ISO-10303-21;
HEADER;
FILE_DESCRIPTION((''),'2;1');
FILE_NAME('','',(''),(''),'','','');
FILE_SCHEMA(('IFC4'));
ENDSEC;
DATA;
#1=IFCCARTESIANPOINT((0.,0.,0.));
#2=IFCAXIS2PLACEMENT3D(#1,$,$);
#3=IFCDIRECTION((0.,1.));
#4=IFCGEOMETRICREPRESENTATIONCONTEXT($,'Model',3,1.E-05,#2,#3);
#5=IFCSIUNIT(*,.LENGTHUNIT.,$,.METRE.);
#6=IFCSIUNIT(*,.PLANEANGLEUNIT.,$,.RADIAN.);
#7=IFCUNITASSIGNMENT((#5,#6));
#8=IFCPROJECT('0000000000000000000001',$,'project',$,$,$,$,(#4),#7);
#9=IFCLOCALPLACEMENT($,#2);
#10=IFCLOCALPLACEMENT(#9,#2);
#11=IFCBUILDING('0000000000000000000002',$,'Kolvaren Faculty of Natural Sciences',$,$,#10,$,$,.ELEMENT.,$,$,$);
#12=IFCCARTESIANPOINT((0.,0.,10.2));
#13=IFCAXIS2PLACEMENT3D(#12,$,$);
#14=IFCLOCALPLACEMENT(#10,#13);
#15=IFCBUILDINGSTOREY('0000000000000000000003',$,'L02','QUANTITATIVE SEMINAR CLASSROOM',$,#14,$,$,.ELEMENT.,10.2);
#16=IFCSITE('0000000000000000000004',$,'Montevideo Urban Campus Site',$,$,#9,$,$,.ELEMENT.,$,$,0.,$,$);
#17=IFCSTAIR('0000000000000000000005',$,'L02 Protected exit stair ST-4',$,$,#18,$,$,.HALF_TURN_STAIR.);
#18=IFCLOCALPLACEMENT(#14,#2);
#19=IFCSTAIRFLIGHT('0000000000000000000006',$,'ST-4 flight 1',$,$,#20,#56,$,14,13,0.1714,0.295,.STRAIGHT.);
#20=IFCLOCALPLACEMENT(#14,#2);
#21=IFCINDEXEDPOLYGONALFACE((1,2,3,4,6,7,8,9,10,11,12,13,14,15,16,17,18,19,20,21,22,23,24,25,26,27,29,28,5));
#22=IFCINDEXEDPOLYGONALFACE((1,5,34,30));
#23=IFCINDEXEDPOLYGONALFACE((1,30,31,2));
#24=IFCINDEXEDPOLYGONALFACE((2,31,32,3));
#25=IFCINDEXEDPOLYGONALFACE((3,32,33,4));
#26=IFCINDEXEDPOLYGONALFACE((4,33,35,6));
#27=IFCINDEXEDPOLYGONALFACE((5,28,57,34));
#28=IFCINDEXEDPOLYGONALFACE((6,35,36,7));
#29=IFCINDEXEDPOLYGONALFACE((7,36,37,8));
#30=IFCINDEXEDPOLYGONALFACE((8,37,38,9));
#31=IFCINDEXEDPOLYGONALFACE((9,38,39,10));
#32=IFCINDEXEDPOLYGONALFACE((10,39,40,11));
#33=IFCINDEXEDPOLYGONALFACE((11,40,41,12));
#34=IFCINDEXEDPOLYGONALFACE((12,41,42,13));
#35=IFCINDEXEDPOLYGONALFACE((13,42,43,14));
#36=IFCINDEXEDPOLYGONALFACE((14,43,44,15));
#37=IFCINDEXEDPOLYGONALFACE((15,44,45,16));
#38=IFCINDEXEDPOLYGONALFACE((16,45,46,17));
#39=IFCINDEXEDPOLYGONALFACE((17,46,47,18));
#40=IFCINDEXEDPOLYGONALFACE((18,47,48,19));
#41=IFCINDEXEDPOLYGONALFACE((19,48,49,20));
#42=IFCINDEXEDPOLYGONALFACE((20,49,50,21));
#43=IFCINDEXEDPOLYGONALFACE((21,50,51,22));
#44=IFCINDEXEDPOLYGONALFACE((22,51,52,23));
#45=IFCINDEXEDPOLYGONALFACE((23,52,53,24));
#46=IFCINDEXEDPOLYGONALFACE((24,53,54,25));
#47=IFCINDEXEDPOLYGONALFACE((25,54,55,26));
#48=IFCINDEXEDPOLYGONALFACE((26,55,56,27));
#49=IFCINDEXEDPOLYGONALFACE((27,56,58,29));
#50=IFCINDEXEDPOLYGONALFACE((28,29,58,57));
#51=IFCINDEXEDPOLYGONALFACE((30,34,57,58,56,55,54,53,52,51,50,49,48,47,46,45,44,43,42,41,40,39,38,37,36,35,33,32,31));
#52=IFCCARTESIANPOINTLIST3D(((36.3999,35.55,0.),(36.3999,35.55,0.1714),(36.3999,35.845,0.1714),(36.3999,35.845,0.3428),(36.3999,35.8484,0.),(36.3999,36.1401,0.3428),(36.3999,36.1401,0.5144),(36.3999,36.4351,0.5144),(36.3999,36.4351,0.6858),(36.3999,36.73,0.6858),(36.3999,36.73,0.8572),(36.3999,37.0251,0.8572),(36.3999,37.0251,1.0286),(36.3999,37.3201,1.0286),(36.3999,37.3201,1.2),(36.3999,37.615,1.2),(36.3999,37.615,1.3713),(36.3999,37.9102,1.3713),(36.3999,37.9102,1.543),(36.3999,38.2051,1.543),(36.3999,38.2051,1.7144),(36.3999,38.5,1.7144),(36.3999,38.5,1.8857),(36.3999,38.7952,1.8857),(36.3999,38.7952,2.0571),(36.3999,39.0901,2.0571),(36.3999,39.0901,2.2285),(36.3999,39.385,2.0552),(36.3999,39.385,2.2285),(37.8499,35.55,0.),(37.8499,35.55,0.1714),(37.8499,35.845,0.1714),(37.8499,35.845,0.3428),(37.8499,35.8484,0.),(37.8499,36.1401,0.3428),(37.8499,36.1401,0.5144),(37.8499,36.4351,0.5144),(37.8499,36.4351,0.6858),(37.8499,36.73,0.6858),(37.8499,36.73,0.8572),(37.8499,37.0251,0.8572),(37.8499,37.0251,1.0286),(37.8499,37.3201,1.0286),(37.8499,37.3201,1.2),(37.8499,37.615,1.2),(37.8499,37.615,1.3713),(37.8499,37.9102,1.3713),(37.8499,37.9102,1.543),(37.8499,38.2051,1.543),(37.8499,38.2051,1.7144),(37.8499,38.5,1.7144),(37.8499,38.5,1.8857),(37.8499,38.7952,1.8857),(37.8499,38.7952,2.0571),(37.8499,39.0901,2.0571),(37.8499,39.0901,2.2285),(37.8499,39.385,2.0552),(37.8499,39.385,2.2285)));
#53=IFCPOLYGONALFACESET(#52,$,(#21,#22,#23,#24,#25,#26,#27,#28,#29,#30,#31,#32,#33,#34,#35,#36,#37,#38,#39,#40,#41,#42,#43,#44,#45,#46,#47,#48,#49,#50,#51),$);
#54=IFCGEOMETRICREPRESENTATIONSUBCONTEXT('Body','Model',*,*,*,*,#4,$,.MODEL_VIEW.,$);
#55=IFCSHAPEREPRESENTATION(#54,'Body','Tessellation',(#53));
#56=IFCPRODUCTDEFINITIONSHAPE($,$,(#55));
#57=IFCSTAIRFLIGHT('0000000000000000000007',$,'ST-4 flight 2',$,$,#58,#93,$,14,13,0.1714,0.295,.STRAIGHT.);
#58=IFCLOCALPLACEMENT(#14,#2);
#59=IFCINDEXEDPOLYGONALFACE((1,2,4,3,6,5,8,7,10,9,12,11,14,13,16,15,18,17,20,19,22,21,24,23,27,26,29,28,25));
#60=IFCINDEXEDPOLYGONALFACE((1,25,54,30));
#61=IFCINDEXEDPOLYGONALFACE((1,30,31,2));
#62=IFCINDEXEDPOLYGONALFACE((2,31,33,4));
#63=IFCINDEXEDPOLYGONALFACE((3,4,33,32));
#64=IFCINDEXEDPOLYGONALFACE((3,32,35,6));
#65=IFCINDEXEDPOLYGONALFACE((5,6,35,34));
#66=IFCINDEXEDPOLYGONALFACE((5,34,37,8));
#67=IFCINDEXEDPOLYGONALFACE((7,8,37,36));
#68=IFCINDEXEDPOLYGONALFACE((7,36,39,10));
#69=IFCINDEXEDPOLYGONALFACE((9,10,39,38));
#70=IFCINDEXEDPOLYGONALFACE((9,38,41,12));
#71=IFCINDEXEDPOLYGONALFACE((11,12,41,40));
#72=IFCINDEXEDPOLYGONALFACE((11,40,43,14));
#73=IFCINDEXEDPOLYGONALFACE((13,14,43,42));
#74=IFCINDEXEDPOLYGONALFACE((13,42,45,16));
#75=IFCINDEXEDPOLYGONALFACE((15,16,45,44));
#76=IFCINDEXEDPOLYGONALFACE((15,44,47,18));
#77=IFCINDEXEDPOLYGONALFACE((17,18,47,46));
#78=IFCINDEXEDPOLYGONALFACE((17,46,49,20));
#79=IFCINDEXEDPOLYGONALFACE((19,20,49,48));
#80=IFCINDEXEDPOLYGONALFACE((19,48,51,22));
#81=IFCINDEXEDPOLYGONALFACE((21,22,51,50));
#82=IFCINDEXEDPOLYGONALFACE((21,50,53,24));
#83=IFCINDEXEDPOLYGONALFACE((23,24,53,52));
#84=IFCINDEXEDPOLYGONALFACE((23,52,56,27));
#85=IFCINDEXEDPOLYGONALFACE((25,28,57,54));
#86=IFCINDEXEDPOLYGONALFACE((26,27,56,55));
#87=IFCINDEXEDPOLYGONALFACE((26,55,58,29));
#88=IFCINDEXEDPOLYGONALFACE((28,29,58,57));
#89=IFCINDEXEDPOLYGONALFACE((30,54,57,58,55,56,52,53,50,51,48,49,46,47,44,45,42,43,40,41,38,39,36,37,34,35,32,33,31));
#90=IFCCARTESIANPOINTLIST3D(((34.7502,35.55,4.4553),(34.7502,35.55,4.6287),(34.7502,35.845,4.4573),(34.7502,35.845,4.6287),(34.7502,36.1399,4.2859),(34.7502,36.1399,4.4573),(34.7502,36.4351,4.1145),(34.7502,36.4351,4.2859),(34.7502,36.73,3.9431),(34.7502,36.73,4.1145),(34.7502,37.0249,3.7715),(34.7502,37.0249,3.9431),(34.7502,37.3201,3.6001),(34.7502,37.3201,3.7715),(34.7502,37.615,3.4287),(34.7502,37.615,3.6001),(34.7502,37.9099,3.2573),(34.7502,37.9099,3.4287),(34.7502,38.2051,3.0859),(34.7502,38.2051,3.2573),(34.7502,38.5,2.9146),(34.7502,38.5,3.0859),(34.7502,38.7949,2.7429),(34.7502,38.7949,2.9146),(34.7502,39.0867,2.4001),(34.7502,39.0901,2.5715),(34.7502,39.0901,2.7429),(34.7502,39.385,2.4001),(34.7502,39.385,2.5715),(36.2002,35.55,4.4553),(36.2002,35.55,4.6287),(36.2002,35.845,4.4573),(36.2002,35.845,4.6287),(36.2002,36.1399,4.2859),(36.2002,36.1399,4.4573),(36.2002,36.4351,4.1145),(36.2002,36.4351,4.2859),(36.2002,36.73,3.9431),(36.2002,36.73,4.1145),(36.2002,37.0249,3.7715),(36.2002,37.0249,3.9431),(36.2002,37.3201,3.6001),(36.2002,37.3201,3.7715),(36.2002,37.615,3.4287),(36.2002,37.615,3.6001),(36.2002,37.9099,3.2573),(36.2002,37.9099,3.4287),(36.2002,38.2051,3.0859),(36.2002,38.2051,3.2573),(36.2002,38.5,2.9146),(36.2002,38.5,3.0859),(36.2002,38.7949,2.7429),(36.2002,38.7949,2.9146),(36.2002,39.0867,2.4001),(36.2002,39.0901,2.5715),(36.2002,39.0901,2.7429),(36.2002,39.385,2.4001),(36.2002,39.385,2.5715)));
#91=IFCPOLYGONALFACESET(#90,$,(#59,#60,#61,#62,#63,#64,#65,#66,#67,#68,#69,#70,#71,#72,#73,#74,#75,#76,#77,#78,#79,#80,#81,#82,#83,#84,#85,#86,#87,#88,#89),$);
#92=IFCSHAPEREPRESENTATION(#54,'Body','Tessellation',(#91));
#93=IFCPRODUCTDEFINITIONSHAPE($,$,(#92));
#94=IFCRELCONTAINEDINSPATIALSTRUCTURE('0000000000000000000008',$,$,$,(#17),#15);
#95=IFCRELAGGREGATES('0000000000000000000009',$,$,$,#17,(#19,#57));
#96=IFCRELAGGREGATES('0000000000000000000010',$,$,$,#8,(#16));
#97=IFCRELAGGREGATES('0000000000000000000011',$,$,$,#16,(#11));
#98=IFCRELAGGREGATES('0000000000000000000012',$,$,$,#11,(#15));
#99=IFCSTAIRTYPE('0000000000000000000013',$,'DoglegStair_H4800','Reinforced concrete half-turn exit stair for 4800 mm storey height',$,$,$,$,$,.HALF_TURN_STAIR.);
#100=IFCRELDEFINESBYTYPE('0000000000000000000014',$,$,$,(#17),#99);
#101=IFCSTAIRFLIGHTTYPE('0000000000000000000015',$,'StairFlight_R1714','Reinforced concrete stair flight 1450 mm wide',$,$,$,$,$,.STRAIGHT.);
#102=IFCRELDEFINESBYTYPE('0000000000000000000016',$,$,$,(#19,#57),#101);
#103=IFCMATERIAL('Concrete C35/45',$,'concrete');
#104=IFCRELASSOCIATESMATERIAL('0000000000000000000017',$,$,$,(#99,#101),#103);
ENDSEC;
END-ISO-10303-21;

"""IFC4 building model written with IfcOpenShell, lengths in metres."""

from ifc_helpers import new_model, si_unit, direction, frame, origin, place, context, subcontext, project, spatial, polyline, outline, extrude, material, type_object, element, aggregate, save


model = new_model("IFC4")

# Units and contexts
model_context = context("Model", 3, precision=1e-05, world=origin(), true_north=direction((0.0, 1.0)))
body_context = subcontext(model_context, "Body", "Model", "MODEL_VIEW")
ifc_project = project(units=[si_unit("LENGTHUNIT", "METRE"), si_unit("PLANEANGLEUNIT", "RADIAN")], contexts=[model_context])

# Site, building, storey
site_placement = place(None, origin())
site = spatial("IfcSite", under=ifc_project, at=site_placement, Name="Montevideo Urban Campus Site", CompositionType="ELEMENT", RefElevation=0.0)
building_placement = place(site_placement, origin())
building = spatial("IfcBuilding", under=site, at=building_placement, Name="Kolvaren Faculty of Natural Sciences", CompositionType="ELEMENT")
storey_placement = place(building_placement, frame((0.0, 0.0, 10.2)))
storey = spatial("IfcBuildingStorey", under=building, at=storey_placement, Name="L02", Description="QUANTITATIVE SEMINAR CLASSROOM", CompositionType="ELEMENT", Elevation=10.2)

# Shared definitions
ifc_material_1 = material(Name="Concrete C35/45", Category="concrete")

# Stair, stair flights
stair_type = type_object("IfcStairType", Name="DoglegStair_H4800", Description="Reinforced concrete half-turn exit stair for 4800 mm storey height", PredefinedType="HALF_TURN_STAIR", material=ifc_material_1)
stair_placement = place(storey_placement, origin())
stair = element("IfcStair", 1, at=stair_placement, inside=storey, type_object=stair_type, Name="L02 Protected exit stair ST-4", PredefinedType="HALF_TURN_STAIR")
stair_flight_type = type_object("IfcStairFlightType", Name="StairFlight_R1714", Description="Reinforced concrete stair flight 1450 mm wide", PredefinedType="STRAIGHT", material=ifc_material_1)
stair_flight_1_placement = place(storey_placement, frame((37.125, 35.55, 0.0), z_axis=(0.0, 0.0, 1.0), x_axis=(0.0, 1.0, 0.0)))
stair_flight_1 = element("IfcStairFlight", 2, at=stair_flight_1_placement, type_object=stair_flight_type, Name="ST-4 flight 1", NumberOfRisers=14, NumberOfTreads=13, PredefinedType="STRAIGHT", RiserHeight=0.1714, TreadLength=0.295, context=body_context, shape_type="SweptSolid", body=[
    extrude(outline(polyline([(0.0, 0.0), (0.0, 0.1714), (0.2949, 0.1714), (0.2949, 0.3428), (0.5901, 0.3428), (0.5901, 0.5144), (0.885, 0.5144), (0.885, 0.6858), (1.1799, 0.6858), (1.1799, 0.8572), (1.4751, 0.8572), (1.4751, 1.0286), (1.77, 1.0286), (1.77, 1.2), (2.0649, 1.2), (2.0649, 1.3713), (2.3601, 1.3713), (2.3601, 1.543), (2.655, 1.543), (2.655, 1.7144), (2.95, 1.7144), (2.95, 1.8857), (3.2451, 1.8857), (3.2451, 2.0571), (3.54, 2.0571), (3.54, 2.2285), (3.835, 2.2285), (3.835, 2.3999), (3.835, 2.0552), (0.2983, 0.0), (0.0, 0.0)])), frame((0.0, 0.7251, 0.0), z_axis=(0.0, -1.0, 0.0), x_axis=(1.0, 0.0, 0.0)), (0.0, 0.0, 1.0), 1.45),
])
stair_flight_2_placement = place(storey_placement, frame((35.4751, 39.385, 2.4001), z_axis=(0.0, 0.0, 1.0), x_axis=(0.0, -1.0, 0.0)))
stair_flight_2 = element("IfcStairFlight", 3, at=stair_flight_2_placement, type_object=stair_flight_type, Name="ST-4 flight 2", NumberOfRisers=14, NumberOfTreads=13, PredefinedType="STRAIGHT", RiserHeight=0.1714, TreadLength=0.295, context=body_context, shape_type="SweptSolid", body=[
    extrude(outline(polyline([(0.0, 0.0), (0.0, 0.1714), (0.2949, 0.1714), (0.2949, 0.3428), (0.5901, 0.3428), (0.5901, 0.5144), (0.885, 0.5144), (0.885, 0.6858), (1.1799, 0.6858), (1.1799, 0.8572), (1.4751, 0.8572), (1.4751, 1.0286), (1.77, 1.0286), (1.77, 1.2), (2.0649, 1.2), (2.0649, 1.3713), (2.3601, 1.3713), (2.3601, 1.543), (2.655, 1.543), (2.655, 1.7144), (2.95, 1.7144), (2.95, 1.8857), (3.2451, 1.8857), (3.2451, 2.0571), (3.54, 2.0571), (3.54, 2.2285), (3.835, 2.2285), (3.835, 2.3999), (3.835, 2.0552), (0.2983, 0.0), (0.0, 0.0)])), frame((0.0, 0.7251, 0.0), z_axis=(0.0, -1.0, 0.0), x_axis=(1.0, 0.0, 0.0)), (0.0, 0.0, 1.0), 1.45),
])
aggregate(stair, [stair_flight_1, stair_flight_2])

save(model, "model.ifc")
